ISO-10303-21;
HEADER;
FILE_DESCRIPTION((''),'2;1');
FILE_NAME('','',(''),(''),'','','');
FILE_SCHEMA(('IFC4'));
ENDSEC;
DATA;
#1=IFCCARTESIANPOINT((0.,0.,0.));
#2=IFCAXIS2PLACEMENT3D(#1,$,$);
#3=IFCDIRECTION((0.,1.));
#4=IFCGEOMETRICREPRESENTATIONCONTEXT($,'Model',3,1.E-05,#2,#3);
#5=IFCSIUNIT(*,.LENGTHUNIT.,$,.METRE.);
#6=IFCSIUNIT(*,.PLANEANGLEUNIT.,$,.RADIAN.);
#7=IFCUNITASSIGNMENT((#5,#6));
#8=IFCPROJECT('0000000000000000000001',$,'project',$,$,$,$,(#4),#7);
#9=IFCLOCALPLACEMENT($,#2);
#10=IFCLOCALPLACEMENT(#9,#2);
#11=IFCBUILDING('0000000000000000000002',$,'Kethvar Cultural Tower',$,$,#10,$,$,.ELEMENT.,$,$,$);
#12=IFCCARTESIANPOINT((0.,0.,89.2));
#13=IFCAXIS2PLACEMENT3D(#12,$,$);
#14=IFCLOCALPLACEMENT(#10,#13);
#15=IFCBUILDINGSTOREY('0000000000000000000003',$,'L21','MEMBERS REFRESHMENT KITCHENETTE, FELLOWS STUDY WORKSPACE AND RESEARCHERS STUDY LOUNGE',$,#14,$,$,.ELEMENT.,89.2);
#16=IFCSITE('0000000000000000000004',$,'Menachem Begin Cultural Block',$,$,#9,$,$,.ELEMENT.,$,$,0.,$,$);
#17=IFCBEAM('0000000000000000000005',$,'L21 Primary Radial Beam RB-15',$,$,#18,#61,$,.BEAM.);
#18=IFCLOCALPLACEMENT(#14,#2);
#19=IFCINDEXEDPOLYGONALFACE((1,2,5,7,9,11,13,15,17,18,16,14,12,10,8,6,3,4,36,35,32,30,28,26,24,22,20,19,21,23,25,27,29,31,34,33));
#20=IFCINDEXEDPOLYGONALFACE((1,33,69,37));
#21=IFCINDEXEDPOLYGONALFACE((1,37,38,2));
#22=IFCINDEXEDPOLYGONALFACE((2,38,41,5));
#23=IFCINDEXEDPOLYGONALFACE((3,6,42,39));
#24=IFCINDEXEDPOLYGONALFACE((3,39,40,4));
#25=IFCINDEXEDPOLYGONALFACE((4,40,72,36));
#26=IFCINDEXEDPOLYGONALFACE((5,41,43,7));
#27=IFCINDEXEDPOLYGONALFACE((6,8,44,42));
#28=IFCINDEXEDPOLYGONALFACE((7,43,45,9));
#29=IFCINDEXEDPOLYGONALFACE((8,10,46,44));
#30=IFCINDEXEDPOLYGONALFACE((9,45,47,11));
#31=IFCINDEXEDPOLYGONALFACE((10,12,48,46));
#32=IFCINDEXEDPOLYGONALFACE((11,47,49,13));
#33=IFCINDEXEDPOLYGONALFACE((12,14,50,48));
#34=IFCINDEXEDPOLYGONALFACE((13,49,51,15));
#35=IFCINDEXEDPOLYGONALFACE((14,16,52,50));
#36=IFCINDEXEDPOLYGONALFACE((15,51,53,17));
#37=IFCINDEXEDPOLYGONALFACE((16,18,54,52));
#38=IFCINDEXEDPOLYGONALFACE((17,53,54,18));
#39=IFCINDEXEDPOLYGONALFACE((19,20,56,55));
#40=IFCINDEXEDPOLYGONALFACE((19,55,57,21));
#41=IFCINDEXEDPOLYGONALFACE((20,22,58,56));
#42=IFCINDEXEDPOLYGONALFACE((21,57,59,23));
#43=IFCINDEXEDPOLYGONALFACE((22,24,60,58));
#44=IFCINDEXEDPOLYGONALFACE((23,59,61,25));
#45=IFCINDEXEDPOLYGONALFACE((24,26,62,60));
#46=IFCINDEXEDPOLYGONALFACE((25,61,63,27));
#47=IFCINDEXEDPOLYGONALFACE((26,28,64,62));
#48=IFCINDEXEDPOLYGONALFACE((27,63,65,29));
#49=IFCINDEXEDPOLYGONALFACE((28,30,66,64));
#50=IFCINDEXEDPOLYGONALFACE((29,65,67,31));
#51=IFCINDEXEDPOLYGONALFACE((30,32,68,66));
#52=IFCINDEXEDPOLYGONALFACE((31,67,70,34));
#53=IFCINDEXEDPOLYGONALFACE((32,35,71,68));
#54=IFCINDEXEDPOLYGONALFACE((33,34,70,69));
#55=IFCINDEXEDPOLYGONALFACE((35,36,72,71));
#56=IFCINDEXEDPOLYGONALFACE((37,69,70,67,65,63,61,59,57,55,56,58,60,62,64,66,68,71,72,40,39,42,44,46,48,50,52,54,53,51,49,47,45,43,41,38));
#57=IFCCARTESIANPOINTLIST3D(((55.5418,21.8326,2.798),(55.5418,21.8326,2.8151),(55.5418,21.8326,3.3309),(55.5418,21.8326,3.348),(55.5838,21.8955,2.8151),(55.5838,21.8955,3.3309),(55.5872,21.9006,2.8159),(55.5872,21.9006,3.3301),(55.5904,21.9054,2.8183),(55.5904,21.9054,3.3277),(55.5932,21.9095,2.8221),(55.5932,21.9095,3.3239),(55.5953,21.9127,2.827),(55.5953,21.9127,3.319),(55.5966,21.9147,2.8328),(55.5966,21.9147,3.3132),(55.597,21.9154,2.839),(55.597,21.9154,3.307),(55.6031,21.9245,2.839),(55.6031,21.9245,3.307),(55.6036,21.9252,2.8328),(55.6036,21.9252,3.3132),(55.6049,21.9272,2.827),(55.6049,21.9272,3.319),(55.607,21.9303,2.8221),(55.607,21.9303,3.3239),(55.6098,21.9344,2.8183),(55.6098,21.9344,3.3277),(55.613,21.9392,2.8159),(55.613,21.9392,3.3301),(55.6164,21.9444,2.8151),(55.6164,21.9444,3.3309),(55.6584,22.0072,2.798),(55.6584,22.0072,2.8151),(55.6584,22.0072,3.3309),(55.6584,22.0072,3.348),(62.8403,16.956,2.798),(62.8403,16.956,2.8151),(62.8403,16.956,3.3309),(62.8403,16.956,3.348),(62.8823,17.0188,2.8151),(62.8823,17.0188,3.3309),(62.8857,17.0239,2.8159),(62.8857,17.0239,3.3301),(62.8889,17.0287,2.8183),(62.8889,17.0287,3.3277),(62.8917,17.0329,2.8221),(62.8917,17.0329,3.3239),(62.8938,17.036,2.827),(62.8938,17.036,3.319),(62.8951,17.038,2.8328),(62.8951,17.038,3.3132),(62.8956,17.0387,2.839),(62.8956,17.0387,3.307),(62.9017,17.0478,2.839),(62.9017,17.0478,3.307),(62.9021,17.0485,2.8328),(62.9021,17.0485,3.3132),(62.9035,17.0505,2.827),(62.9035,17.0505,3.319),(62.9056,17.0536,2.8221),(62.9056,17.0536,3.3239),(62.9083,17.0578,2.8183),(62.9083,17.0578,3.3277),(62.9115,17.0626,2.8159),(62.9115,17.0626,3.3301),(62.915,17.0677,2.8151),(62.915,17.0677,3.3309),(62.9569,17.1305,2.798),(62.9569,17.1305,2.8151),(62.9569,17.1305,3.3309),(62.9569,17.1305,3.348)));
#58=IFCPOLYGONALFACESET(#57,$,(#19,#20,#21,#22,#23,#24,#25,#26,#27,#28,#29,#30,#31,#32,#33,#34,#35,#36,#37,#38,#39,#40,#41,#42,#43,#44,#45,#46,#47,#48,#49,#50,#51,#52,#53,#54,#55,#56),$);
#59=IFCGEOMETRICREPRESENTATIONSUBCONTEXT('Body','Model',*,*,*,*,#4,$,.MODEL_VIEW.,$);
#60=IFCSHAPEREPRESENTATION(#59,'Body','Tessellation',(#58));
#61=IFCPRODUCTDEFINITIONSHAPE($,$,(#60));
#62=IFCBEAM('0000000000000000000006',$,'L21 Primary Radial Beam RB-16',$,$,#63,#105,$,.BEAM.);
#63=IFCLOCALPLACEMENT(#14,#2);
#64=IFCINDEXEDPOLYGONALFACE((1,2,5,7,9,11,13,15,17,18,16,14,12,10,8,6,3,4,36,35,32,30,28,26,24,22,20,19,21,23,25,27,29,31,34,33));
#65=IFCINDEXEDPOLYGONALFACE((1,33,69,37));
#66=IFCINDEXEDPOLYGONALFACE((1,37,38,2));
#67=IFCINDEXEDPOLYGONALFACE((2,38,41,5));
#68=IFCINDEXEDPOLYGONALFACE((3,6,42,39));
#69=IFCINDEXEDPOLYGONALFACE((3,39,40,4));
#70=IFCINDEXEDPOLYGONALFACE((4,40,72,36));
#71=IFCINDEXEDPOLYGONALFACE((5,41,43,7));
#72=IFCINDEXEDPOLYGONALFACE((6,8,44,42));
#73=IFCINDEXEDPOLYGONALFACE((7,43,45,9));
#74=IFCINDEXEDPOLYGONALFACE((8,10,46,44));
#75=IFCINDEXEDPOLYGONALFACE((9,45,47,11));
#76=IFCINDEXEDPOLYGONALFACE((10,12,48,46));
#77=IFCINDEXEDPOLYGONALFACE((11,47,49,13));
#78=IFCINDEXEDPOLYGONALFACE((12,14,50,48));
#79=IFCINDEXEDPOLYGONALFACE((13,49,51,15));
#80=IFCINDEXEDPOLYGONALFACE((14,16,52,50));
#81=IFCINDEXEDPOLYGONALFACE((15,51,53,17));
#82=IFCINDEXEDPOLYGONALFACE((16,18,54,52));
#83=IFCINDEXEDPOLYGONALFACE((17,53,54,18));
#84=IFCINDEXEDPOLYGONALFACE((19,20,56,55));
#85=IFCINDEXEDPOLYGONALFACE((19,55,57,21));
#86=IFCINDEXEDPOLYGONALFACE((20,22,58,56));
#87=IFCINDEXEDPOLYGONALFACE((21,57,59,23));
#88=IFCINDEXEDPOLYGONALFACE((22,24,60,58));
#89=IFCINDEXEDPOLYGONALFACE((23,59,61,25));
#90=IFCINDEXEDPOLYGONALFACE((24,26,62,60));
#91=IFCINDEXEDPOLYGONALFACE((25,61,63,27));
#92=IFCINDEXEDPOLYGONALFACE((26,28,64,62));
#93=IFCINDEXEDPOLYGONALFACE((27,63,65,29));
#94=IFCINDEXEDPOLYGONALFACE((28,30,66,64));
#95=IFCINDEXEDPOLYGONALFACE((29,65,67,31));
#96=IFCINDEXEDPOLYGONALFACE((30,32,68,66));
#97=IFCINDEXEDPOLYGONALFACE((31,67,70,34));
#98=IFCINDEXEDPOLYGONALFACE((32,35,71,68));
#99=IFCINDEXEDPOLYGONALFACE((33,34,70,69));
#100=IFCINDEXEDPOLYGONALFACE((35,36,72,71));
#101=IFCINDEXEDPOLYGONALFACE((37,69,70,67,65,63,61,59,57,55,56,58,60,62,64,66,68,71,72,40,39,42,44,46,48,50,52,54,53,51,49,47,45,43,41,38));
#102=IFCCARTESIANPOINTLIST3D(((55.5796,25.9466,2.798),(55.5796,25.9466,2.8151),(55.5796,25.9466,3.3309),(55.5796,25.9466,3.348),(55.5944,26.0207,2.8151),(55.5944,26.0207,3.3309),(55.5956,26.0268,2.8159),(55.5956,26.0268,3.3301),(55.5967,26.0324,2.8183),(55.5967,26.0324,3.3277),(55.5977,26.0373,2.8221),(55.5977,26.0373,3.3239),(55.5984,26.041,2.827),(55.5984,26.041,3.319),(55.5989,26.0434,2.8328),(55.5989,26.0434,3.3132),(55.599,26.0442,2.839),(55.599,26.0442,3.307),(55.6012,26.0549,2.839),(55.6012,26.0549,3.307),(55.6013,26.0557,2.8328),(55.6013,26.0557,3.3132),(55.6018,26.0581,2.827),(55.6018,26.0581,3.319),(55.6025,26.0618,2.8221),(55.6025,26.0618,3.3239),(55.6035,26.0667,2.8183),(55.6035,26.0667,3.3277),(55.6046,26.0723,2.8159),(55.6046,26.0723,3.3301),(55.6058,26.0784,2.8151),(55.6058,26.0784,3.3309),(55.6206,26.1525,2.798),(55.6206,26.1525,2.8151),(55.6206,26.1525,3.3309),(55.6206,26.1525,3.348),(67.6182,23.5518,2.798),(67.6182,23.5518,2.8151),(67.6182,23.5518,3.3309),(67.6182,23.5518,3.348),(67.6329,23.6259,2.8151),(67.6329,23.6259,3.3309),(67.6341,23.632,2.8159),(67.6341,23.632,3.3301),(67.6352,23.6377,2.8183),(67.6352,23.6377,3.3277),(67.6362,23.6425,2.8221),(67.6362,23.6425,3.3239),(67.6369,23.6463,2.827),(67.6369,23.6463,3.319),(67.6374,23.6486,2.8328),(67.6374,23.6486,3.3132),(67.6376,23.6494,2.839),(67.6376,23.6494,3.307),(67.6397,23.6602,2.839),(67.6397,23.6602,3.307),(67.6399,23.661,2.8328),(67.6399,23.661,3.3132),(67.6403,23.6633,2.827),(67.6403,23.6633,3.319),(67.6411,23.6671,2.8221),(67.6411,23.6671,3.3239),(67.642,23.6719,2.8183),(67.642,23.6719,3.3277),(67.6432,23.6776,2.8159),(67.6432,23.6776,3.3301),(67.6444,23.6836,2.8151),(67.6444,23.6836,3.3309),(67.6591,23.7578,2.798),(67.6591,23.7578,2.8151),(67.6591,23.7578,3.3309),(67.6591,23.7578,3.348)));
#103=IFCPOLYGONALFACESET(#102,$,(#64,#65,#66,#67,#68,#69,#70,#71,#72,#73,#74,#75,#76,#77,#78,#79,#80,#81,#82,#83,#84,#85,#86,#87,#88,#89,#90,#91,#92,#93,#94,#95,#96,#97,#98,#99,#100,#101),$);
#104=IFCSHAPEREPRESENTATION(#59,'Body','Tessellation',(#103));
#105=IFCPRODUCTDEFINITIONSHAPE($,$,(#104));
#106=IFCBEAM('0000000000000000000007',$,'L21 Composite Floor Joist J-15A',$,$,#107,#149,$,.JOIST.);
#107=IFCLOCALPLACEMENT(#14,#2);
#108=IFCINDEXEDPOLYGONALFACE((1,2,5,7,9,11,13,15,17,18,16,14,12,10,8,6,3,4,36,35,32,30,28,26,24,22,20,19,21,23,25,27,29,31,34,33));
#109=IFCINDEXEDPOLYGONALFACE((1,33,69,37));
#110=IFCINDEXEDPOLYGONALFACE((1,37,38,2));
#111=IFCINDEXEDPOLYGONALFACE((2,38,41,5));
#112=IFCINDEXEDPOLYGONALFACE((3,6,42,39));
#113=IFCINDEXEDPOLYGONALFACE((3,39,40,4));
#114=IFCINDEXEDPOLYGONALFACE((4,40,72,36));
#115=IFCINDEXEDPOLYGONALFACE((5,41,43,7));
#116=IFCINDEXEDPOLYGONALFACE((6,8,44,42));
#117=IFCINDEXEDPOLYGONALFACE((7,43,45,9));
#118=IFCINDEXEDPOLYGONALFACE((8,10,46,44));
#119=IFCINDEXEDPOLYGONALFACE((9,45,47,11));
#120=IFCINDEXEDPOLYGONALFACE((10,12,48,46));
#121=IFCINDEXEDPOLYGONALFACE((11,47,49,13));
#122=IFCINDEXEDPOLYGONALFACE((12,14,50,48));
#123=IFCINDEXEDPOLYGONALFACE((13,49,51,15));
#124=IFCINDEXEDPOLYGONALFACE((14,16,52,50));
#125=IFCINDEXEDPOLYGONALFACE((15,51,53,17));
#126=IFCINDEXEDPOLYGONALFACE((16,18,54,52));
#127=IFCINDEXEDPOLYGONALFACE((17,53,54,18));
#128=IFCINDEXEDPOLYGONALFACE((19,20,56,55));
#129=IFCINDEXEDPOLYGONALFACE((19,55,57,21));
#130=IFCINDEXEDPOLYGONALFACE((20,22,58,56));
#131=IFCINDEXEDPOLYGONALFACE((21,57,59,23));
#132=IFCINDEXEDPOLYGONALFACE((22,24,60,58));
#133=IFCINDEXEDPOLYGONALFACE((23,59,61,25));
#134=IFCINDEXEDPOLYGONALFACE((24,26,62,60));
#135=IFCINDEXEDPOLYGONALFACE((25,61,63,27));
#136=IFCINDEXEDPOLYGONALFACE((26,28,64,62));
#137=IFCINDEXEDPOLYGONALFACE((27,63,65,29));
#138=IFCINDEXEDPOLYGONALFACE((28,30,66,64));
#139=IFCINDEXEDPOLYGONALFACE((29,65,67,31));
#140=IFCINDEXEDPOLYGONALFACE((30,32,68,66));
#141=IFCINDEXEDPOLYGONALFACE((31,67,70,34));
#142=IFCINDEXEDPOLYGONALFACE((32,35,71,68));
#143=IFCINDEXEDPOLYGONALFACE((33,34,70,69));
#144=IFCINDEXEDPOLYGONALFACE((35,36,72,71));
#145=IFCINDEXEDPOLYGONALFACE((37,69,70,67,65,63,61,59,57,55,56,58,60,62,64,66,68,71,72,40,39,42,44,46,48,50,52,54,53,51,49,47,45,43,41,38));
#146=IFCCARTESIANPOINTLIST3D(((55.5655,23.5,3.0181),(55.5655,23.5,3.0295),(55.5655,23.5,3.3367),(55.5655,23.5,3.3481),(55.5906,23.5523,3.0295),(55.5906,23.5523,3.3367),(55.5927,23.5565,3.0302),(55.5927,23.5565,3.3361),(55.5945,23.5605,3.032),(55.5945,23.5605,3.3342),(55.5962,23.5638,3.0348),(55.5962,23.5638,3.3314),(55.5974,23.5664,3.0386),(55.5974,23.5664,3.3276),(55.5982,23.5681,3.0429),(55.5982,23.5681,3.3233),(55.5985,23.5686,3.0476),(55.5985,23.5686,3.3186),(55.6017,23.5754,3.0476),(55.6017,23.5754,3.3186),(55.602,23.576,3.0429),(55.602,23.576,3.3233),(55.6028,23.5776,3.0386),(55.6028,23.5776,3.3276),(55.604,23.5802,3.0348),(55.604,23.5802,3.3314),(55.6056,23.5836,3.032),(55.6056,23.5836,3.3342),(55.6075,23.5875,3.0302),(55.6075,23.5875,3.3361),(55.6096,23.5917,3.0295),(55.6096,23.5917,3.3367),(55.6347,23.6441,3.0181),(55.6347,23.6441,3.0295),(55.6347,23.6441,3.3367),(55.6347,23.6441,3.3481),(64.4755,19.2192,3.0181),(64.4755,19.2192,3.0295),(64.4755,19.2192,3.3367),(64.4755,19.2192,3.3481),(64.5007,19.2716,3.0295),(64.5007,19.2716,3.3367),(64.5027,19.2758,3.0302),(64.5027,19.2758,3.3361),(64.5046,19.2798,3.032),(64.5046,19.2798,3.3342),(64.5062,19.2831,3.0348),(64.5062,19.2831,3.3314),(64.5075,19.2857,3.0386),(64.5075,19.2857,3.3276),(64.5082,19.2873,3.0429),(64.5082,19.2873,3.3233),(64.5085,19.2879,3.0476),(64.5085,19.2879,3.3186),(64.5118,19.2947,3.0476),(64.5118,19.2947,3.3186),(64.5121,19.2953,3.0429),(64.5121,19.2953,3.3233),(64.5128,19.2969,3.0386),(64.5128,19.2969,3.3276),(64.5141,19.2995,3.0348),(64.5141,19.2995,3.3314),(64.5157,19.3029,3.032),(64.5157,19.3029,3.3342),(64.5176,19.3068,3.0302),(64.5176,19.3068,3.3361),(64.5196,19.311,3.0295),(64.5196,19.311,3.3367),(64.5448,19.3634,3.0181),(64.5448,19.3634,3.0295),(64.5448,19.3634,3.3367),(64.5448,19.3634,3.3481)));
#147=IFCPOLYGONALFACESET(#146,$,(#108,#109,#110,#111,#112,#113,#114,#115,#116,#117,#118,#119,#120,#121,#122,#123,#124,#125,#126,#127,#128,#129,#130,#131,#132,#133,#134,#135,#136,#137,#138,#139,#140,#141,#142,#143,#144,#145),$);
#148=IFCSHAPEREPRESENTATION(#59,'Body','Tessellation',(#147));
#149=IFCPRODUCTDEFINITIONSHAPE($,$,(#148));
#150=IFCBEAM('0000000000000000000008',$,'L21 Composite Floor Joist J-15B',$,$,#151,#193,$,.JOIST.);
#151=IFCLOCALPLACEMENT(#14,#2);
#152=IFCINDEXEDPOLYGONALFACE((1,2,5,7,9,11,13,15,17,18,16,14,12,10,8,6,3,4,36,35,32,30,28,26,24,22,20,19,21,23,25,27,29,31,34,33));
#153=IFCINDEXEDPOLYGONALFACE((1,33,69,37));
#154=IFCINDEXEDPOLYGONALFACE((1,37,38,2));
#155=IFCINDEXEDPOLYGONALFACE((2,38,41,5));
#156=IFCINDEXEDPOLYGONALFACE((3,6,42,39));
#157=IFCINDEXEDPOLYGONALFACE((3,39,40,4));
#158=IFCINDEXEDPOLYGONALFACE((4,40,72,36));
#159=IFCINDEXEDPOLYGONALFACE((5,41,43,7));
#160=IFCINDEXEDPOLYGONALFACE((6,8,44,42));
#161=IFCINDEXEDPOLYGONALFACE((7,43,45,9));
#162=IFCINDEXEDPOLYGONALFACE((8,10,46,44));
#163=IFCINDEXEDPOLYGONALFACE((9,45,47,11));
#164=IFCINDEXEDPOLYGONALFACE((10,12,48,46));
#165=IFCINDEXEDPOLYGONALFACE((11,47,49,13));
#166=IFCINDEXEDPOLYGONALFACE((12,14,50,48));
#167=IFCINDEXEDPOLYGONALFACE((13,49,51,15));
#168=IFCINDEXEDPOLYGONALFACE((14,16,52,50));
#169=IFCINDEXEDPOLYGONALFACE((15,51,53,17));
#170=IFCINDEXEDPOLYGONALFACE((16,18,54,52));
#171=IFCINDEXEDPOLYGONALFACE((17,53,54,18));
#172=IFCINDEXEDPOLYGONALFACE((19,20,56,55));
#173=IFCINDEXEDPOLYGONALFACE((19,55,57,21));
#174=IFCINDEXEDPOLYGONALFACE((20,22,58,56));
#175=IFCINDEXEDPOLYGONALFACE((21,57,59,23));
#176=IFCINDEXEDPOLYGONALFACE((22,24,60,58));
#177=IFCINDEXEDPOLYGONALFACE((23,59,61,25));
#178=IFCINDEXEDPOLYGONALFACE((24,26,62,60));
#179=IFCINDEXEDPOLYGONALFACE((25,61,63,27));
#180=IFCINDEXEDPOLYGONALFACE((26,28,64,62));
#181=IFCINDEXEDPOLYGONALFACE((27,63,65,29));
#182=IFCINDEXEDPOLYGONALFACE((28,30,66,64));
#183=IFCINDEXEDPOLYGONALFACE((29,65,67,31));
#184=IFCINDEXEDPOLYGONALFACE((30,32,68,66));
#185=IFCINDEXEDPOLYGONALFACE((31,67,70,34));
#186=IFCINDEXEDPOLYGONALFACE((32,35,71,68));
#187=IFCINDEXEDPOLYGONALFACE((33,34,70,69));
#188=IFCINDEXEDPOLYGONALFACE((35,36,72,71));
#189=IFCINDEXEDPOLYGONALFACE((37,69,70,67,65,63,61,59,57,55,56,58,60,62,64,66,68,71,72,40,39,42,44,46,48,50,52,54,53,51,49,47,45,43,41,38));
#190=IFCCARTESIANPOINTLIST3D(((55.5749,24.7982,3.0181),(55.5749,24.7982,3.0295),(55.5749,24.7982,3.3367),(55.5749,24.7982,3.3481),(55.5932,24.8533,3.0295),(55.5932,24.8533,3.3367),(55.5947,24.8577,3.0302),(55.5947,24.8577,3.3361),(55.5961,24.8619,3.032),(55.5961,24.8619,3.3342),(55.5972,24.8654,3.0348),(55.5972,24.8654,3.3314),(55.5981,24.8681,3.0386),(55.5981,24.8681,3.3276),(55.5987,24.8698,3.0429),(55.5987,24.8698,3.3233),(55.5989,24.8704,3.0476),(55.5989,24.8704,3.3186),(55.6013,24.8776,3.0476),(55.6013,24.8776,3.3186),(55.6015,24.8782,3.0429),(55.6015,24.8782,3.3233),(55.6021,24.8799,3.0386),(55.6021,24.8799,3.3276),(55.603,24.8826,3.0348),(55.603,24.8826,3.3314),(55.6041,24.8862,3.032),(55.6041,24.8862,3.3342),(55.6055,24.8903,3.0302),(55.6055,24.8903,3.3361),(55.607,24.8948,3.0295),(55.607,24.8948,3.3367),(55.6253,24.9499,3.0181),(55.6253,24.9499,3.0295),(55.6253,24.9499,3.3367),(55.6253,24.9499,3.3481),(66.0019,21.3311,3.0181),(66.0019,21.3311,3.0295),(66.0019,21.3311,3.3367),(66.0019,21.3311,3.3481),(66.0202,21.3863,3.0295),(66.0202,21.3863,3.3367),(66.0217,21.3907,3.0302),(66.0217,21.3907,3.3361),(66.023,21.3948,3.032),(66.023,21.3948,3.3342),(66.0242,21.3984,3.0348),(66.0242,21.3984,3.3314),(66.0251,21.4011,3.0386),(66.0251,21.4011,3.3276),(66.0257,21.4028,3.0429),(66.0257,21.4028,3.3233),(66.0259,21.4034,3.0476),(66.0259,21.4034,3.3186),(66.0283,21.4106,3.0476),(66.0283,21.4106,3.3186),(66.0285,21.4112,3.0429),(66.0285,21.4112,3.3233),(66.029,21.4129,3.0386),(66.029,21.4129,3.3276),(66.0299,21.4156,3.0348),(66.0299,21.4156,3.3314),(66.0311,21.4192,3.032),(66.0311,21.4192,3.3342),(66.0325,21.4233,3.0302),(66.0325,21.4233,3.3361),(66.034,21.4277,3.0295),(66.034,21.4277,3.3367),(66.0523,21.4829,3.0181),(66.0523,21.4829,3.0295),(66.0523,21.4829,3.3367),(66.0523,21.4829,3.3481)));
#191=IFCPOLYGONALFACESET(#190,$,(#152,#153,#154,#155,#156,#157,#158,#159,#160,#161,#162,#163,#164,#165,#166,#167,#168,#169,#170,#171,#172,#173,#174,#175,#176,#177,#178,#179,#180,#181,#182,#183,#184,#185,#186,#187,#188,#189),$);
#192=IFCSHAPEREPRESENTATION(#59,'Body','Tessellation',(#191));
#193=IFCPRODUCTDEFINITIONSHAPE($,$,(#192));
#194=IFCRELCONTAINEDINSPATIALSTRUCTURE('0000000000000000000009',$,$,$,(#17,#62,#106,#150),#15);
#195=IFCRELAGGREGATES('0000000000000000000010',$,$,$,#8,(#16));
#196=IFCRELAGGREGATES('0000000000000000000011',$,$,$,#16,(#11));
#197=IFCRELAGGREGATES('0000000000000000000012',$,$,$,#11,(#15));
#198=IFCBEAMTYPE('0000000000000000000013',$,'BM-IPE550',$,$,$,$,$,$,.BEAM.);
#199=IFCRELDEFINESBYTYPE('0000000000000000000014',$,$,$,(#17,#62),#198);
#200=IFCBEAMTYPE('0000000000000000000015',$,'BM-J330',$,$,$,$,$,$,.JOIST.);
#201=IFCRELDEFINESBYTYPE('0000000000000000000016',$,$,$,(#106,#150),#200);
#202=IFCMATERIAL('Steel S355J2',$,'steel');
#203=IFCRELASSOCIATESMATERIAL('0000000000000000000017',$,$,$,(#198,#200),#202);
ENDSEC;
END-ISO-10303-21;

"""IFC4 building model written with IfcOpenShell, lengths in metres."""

from ifc_helpers import new_model, si_unit, direction, frame, origin, origin_2d, place, context, subcontext, project, spatial, i_section, extrude, source, transform, mapped, material, material_profile, profile_set, type_object, element, save


model = new_model("IFC4")

# Units and contexts
model_context = context("Model", 3, precision=1e-05, world=origin(), true_north=direction((0.0, 1.0)))
body_context = subcontext(model_context, "Body", "Model", "MODEL_VIEW")
ifc_project = project(units=[si_unit("LENGTHUNIT", "METRE"), si_unit("PLANEANGLEUNIT", "RADIAN")], contexts=[model_context])

# Site, building, storey
site_placement = place(None, origin())
site = spatial("IfcSite", under=ifc_project, at=site_placement, Name="Menachem Begin Cultural Block", CompositionType="ELEMENT", RefElevation=0.0)
building_placement = place(site_placement, origin())
building = spatial("IfcBuilding", under=site, at=building_placement, Name="Kethvar Cultural Tower", CompositionType="ELEMENT")
storey_placement = place(building_placement, frame((0.0, 0.0, 89.2)))
storey = spatial("IfcBuildingStorey", under=building, at=storey_placement, Name="L21", Description="MEMBERS REFRESHMENT KITCHENETTE, FELLOWS STUDY WORKSPACE AND RESEARCHERS STUDY LOUNGE", CompositionType="ELEMENT", Elevation=89.2)

# Beams
ifc_material_1 = material(Name="Steel S355J2", Category="steel")
ifc_material_profile_1 = material_profile(ifc_material_1, i_section(OverallWidth=0.21, OverallDepth=0.55, WebThickness=0.011, FlangeThickness=0.0171, FilletRadius=0.0239, at=origin_2d()), Name="Steel S355J2 — IPE550")
ifc_profile_set_1 = profile_set([ifc_material_profile_1], Name="Steel S355J2 — IPE550")
beam_type_1 = type_object("IfcBeamType", Name="BM-IPE550", PredefinedType="BEAM", material=ifc_profile_set_1)
shared_shape_1 = source(origin(), body_context, "Body", "SweptSolid", [
    extrude(i_section(OverallWidth=0.21, OverallDepth=0.55, WebThickness=0.011, FlangeThickness=0.0171, FilletRadius=0.0239, at=origin_2d()), origin(), (0.0, 0.0, 1.0), 8.7778),
])
beam_1_placement = place(storey_placement, frame((55.6001, 21.9199, 3.073), z_axis=(0.831472, -0.555566, 0.0), x_axis=(0.555566, 0.831472, 0.0)))
element("IfcBeam", 1, at=beam_1_placement, inside=storey, type_object=beam_type_1, Name="L21 Primary Radial Beam RB-15", PredefinedType="BEAM", context=body_context, shape_type="MappedRepresentation", body=[
    mapped(shared_shape_1, transform((0.0, 0.0, 0.0), scale=1.0)),
])
shared_shape_2 = source(origin(), body_context, "Body", "SweptSolid", [
    extrude(i_section(OverallWidth=0.21, OverallDepth=0.55, WebThickness=0.011, FlangeThickness=0.0171, FilletRadius=0.0239, at=origin_2d()), origin(), (0.0, 0.0, 1.0), 12.2744),
])
beam_2_placement = place(storey_placement, frame((55.6001, 26.0496, 3.073), z_axis=(0.980783, -0.195102, 0.0), x_axis=(0.195102, 0.980783, 0.0)))
element("IfcBeam", 2, at=beam_2_placement, inside=storey, type_object=beam_type_1, Name="L21 Primary Radial Beam RB-16", PredefinedType="BEAM", context=body_context, shape_type="MappedRepresentation", body=[
    mapped(shared_shape_2, transform((0.0, 0.0, 0.0), scale=1.0)),
])
ifc_material_profile_2 = material_profile(ifc_material_1, i_section(OverallWidth=0.1599, OverallDepth=0.3301, WebThickness=0.0076, FlangeThickness=0.0115, FilletRadius=0.0181, at=origin_2d()), Name="Steel S355J2 — IPE330")
ifc_profile_set_2 = profile_set([ifc_material_profile_2], Name="Steel S355J2 — IPE330")
beam_type_2 = type_object("IfcBeamType", Name="BM-J330", PredefinedType="JOIST", material=ifc_profile_set_2)
shared_shape_3 = source(origin(), body_context, "Body", "SweptSolid", [
    extrude(i_section(OverallWidth=0.1599, OverallDepth=0.3301, WebThickness=0.0076, FlangeThickness=0.0115, FilletRadius=0.0181, at=origin_2d()), origin(), (0.0, 0.0, 1.0), 9.885),
])
beam_3_placement = place(storey_placement, frame((55.6001, 23.572, 3.1831), z_axis=(0.90137, -0.433051, 0.0), x_axis=(0.433051, 0.90137, 0.0)))
element("IfcBeam", 3, at=beam_3_placement, inside=storey, type_object=beam_type_2, Name="L21 Composite Floor Joist J-15A", PredefinedType="JOIST", context=body_context, shape_type="MappedRepresentation", body=[
    mapped(shared_shape_3, transform((0.0, 0.0, 0.0), scale=1.0)),
])
shared_shape_4 = source(origin(), body_context, "Body", "SweptSolid", [
    extrude(i_section(OverallWidth=0.1599, OverallDepth=0.3301, WebThickness=0.0076, FlangeThickness=0.0115, FilletRadius=0.0181, at=origin_2d()), origin(), (0.0, 0.0, 1.0), 10.9883),
])
beam_4_placement = place(storey_placement, frame((55.6001, 24.874, 3.1831), z_axis=(0.948919, -0.315521, 0.0), x_axis=(0.315521, 0.948919, 0.0)))
element("IfcBeam", 4, at=beam_4_placement, inside=storey, type_object=beam_type_2, Name="L21 Composite Floor Joist J-15B", PredefinedType="JOIST", context=body_context, shape_type="MappedRepresentation", body=[
    mapped(shared_shape_4, transform((0.0, 0.0, 0.0), scale=1.0)),
])

save(model, "model.ifc")
